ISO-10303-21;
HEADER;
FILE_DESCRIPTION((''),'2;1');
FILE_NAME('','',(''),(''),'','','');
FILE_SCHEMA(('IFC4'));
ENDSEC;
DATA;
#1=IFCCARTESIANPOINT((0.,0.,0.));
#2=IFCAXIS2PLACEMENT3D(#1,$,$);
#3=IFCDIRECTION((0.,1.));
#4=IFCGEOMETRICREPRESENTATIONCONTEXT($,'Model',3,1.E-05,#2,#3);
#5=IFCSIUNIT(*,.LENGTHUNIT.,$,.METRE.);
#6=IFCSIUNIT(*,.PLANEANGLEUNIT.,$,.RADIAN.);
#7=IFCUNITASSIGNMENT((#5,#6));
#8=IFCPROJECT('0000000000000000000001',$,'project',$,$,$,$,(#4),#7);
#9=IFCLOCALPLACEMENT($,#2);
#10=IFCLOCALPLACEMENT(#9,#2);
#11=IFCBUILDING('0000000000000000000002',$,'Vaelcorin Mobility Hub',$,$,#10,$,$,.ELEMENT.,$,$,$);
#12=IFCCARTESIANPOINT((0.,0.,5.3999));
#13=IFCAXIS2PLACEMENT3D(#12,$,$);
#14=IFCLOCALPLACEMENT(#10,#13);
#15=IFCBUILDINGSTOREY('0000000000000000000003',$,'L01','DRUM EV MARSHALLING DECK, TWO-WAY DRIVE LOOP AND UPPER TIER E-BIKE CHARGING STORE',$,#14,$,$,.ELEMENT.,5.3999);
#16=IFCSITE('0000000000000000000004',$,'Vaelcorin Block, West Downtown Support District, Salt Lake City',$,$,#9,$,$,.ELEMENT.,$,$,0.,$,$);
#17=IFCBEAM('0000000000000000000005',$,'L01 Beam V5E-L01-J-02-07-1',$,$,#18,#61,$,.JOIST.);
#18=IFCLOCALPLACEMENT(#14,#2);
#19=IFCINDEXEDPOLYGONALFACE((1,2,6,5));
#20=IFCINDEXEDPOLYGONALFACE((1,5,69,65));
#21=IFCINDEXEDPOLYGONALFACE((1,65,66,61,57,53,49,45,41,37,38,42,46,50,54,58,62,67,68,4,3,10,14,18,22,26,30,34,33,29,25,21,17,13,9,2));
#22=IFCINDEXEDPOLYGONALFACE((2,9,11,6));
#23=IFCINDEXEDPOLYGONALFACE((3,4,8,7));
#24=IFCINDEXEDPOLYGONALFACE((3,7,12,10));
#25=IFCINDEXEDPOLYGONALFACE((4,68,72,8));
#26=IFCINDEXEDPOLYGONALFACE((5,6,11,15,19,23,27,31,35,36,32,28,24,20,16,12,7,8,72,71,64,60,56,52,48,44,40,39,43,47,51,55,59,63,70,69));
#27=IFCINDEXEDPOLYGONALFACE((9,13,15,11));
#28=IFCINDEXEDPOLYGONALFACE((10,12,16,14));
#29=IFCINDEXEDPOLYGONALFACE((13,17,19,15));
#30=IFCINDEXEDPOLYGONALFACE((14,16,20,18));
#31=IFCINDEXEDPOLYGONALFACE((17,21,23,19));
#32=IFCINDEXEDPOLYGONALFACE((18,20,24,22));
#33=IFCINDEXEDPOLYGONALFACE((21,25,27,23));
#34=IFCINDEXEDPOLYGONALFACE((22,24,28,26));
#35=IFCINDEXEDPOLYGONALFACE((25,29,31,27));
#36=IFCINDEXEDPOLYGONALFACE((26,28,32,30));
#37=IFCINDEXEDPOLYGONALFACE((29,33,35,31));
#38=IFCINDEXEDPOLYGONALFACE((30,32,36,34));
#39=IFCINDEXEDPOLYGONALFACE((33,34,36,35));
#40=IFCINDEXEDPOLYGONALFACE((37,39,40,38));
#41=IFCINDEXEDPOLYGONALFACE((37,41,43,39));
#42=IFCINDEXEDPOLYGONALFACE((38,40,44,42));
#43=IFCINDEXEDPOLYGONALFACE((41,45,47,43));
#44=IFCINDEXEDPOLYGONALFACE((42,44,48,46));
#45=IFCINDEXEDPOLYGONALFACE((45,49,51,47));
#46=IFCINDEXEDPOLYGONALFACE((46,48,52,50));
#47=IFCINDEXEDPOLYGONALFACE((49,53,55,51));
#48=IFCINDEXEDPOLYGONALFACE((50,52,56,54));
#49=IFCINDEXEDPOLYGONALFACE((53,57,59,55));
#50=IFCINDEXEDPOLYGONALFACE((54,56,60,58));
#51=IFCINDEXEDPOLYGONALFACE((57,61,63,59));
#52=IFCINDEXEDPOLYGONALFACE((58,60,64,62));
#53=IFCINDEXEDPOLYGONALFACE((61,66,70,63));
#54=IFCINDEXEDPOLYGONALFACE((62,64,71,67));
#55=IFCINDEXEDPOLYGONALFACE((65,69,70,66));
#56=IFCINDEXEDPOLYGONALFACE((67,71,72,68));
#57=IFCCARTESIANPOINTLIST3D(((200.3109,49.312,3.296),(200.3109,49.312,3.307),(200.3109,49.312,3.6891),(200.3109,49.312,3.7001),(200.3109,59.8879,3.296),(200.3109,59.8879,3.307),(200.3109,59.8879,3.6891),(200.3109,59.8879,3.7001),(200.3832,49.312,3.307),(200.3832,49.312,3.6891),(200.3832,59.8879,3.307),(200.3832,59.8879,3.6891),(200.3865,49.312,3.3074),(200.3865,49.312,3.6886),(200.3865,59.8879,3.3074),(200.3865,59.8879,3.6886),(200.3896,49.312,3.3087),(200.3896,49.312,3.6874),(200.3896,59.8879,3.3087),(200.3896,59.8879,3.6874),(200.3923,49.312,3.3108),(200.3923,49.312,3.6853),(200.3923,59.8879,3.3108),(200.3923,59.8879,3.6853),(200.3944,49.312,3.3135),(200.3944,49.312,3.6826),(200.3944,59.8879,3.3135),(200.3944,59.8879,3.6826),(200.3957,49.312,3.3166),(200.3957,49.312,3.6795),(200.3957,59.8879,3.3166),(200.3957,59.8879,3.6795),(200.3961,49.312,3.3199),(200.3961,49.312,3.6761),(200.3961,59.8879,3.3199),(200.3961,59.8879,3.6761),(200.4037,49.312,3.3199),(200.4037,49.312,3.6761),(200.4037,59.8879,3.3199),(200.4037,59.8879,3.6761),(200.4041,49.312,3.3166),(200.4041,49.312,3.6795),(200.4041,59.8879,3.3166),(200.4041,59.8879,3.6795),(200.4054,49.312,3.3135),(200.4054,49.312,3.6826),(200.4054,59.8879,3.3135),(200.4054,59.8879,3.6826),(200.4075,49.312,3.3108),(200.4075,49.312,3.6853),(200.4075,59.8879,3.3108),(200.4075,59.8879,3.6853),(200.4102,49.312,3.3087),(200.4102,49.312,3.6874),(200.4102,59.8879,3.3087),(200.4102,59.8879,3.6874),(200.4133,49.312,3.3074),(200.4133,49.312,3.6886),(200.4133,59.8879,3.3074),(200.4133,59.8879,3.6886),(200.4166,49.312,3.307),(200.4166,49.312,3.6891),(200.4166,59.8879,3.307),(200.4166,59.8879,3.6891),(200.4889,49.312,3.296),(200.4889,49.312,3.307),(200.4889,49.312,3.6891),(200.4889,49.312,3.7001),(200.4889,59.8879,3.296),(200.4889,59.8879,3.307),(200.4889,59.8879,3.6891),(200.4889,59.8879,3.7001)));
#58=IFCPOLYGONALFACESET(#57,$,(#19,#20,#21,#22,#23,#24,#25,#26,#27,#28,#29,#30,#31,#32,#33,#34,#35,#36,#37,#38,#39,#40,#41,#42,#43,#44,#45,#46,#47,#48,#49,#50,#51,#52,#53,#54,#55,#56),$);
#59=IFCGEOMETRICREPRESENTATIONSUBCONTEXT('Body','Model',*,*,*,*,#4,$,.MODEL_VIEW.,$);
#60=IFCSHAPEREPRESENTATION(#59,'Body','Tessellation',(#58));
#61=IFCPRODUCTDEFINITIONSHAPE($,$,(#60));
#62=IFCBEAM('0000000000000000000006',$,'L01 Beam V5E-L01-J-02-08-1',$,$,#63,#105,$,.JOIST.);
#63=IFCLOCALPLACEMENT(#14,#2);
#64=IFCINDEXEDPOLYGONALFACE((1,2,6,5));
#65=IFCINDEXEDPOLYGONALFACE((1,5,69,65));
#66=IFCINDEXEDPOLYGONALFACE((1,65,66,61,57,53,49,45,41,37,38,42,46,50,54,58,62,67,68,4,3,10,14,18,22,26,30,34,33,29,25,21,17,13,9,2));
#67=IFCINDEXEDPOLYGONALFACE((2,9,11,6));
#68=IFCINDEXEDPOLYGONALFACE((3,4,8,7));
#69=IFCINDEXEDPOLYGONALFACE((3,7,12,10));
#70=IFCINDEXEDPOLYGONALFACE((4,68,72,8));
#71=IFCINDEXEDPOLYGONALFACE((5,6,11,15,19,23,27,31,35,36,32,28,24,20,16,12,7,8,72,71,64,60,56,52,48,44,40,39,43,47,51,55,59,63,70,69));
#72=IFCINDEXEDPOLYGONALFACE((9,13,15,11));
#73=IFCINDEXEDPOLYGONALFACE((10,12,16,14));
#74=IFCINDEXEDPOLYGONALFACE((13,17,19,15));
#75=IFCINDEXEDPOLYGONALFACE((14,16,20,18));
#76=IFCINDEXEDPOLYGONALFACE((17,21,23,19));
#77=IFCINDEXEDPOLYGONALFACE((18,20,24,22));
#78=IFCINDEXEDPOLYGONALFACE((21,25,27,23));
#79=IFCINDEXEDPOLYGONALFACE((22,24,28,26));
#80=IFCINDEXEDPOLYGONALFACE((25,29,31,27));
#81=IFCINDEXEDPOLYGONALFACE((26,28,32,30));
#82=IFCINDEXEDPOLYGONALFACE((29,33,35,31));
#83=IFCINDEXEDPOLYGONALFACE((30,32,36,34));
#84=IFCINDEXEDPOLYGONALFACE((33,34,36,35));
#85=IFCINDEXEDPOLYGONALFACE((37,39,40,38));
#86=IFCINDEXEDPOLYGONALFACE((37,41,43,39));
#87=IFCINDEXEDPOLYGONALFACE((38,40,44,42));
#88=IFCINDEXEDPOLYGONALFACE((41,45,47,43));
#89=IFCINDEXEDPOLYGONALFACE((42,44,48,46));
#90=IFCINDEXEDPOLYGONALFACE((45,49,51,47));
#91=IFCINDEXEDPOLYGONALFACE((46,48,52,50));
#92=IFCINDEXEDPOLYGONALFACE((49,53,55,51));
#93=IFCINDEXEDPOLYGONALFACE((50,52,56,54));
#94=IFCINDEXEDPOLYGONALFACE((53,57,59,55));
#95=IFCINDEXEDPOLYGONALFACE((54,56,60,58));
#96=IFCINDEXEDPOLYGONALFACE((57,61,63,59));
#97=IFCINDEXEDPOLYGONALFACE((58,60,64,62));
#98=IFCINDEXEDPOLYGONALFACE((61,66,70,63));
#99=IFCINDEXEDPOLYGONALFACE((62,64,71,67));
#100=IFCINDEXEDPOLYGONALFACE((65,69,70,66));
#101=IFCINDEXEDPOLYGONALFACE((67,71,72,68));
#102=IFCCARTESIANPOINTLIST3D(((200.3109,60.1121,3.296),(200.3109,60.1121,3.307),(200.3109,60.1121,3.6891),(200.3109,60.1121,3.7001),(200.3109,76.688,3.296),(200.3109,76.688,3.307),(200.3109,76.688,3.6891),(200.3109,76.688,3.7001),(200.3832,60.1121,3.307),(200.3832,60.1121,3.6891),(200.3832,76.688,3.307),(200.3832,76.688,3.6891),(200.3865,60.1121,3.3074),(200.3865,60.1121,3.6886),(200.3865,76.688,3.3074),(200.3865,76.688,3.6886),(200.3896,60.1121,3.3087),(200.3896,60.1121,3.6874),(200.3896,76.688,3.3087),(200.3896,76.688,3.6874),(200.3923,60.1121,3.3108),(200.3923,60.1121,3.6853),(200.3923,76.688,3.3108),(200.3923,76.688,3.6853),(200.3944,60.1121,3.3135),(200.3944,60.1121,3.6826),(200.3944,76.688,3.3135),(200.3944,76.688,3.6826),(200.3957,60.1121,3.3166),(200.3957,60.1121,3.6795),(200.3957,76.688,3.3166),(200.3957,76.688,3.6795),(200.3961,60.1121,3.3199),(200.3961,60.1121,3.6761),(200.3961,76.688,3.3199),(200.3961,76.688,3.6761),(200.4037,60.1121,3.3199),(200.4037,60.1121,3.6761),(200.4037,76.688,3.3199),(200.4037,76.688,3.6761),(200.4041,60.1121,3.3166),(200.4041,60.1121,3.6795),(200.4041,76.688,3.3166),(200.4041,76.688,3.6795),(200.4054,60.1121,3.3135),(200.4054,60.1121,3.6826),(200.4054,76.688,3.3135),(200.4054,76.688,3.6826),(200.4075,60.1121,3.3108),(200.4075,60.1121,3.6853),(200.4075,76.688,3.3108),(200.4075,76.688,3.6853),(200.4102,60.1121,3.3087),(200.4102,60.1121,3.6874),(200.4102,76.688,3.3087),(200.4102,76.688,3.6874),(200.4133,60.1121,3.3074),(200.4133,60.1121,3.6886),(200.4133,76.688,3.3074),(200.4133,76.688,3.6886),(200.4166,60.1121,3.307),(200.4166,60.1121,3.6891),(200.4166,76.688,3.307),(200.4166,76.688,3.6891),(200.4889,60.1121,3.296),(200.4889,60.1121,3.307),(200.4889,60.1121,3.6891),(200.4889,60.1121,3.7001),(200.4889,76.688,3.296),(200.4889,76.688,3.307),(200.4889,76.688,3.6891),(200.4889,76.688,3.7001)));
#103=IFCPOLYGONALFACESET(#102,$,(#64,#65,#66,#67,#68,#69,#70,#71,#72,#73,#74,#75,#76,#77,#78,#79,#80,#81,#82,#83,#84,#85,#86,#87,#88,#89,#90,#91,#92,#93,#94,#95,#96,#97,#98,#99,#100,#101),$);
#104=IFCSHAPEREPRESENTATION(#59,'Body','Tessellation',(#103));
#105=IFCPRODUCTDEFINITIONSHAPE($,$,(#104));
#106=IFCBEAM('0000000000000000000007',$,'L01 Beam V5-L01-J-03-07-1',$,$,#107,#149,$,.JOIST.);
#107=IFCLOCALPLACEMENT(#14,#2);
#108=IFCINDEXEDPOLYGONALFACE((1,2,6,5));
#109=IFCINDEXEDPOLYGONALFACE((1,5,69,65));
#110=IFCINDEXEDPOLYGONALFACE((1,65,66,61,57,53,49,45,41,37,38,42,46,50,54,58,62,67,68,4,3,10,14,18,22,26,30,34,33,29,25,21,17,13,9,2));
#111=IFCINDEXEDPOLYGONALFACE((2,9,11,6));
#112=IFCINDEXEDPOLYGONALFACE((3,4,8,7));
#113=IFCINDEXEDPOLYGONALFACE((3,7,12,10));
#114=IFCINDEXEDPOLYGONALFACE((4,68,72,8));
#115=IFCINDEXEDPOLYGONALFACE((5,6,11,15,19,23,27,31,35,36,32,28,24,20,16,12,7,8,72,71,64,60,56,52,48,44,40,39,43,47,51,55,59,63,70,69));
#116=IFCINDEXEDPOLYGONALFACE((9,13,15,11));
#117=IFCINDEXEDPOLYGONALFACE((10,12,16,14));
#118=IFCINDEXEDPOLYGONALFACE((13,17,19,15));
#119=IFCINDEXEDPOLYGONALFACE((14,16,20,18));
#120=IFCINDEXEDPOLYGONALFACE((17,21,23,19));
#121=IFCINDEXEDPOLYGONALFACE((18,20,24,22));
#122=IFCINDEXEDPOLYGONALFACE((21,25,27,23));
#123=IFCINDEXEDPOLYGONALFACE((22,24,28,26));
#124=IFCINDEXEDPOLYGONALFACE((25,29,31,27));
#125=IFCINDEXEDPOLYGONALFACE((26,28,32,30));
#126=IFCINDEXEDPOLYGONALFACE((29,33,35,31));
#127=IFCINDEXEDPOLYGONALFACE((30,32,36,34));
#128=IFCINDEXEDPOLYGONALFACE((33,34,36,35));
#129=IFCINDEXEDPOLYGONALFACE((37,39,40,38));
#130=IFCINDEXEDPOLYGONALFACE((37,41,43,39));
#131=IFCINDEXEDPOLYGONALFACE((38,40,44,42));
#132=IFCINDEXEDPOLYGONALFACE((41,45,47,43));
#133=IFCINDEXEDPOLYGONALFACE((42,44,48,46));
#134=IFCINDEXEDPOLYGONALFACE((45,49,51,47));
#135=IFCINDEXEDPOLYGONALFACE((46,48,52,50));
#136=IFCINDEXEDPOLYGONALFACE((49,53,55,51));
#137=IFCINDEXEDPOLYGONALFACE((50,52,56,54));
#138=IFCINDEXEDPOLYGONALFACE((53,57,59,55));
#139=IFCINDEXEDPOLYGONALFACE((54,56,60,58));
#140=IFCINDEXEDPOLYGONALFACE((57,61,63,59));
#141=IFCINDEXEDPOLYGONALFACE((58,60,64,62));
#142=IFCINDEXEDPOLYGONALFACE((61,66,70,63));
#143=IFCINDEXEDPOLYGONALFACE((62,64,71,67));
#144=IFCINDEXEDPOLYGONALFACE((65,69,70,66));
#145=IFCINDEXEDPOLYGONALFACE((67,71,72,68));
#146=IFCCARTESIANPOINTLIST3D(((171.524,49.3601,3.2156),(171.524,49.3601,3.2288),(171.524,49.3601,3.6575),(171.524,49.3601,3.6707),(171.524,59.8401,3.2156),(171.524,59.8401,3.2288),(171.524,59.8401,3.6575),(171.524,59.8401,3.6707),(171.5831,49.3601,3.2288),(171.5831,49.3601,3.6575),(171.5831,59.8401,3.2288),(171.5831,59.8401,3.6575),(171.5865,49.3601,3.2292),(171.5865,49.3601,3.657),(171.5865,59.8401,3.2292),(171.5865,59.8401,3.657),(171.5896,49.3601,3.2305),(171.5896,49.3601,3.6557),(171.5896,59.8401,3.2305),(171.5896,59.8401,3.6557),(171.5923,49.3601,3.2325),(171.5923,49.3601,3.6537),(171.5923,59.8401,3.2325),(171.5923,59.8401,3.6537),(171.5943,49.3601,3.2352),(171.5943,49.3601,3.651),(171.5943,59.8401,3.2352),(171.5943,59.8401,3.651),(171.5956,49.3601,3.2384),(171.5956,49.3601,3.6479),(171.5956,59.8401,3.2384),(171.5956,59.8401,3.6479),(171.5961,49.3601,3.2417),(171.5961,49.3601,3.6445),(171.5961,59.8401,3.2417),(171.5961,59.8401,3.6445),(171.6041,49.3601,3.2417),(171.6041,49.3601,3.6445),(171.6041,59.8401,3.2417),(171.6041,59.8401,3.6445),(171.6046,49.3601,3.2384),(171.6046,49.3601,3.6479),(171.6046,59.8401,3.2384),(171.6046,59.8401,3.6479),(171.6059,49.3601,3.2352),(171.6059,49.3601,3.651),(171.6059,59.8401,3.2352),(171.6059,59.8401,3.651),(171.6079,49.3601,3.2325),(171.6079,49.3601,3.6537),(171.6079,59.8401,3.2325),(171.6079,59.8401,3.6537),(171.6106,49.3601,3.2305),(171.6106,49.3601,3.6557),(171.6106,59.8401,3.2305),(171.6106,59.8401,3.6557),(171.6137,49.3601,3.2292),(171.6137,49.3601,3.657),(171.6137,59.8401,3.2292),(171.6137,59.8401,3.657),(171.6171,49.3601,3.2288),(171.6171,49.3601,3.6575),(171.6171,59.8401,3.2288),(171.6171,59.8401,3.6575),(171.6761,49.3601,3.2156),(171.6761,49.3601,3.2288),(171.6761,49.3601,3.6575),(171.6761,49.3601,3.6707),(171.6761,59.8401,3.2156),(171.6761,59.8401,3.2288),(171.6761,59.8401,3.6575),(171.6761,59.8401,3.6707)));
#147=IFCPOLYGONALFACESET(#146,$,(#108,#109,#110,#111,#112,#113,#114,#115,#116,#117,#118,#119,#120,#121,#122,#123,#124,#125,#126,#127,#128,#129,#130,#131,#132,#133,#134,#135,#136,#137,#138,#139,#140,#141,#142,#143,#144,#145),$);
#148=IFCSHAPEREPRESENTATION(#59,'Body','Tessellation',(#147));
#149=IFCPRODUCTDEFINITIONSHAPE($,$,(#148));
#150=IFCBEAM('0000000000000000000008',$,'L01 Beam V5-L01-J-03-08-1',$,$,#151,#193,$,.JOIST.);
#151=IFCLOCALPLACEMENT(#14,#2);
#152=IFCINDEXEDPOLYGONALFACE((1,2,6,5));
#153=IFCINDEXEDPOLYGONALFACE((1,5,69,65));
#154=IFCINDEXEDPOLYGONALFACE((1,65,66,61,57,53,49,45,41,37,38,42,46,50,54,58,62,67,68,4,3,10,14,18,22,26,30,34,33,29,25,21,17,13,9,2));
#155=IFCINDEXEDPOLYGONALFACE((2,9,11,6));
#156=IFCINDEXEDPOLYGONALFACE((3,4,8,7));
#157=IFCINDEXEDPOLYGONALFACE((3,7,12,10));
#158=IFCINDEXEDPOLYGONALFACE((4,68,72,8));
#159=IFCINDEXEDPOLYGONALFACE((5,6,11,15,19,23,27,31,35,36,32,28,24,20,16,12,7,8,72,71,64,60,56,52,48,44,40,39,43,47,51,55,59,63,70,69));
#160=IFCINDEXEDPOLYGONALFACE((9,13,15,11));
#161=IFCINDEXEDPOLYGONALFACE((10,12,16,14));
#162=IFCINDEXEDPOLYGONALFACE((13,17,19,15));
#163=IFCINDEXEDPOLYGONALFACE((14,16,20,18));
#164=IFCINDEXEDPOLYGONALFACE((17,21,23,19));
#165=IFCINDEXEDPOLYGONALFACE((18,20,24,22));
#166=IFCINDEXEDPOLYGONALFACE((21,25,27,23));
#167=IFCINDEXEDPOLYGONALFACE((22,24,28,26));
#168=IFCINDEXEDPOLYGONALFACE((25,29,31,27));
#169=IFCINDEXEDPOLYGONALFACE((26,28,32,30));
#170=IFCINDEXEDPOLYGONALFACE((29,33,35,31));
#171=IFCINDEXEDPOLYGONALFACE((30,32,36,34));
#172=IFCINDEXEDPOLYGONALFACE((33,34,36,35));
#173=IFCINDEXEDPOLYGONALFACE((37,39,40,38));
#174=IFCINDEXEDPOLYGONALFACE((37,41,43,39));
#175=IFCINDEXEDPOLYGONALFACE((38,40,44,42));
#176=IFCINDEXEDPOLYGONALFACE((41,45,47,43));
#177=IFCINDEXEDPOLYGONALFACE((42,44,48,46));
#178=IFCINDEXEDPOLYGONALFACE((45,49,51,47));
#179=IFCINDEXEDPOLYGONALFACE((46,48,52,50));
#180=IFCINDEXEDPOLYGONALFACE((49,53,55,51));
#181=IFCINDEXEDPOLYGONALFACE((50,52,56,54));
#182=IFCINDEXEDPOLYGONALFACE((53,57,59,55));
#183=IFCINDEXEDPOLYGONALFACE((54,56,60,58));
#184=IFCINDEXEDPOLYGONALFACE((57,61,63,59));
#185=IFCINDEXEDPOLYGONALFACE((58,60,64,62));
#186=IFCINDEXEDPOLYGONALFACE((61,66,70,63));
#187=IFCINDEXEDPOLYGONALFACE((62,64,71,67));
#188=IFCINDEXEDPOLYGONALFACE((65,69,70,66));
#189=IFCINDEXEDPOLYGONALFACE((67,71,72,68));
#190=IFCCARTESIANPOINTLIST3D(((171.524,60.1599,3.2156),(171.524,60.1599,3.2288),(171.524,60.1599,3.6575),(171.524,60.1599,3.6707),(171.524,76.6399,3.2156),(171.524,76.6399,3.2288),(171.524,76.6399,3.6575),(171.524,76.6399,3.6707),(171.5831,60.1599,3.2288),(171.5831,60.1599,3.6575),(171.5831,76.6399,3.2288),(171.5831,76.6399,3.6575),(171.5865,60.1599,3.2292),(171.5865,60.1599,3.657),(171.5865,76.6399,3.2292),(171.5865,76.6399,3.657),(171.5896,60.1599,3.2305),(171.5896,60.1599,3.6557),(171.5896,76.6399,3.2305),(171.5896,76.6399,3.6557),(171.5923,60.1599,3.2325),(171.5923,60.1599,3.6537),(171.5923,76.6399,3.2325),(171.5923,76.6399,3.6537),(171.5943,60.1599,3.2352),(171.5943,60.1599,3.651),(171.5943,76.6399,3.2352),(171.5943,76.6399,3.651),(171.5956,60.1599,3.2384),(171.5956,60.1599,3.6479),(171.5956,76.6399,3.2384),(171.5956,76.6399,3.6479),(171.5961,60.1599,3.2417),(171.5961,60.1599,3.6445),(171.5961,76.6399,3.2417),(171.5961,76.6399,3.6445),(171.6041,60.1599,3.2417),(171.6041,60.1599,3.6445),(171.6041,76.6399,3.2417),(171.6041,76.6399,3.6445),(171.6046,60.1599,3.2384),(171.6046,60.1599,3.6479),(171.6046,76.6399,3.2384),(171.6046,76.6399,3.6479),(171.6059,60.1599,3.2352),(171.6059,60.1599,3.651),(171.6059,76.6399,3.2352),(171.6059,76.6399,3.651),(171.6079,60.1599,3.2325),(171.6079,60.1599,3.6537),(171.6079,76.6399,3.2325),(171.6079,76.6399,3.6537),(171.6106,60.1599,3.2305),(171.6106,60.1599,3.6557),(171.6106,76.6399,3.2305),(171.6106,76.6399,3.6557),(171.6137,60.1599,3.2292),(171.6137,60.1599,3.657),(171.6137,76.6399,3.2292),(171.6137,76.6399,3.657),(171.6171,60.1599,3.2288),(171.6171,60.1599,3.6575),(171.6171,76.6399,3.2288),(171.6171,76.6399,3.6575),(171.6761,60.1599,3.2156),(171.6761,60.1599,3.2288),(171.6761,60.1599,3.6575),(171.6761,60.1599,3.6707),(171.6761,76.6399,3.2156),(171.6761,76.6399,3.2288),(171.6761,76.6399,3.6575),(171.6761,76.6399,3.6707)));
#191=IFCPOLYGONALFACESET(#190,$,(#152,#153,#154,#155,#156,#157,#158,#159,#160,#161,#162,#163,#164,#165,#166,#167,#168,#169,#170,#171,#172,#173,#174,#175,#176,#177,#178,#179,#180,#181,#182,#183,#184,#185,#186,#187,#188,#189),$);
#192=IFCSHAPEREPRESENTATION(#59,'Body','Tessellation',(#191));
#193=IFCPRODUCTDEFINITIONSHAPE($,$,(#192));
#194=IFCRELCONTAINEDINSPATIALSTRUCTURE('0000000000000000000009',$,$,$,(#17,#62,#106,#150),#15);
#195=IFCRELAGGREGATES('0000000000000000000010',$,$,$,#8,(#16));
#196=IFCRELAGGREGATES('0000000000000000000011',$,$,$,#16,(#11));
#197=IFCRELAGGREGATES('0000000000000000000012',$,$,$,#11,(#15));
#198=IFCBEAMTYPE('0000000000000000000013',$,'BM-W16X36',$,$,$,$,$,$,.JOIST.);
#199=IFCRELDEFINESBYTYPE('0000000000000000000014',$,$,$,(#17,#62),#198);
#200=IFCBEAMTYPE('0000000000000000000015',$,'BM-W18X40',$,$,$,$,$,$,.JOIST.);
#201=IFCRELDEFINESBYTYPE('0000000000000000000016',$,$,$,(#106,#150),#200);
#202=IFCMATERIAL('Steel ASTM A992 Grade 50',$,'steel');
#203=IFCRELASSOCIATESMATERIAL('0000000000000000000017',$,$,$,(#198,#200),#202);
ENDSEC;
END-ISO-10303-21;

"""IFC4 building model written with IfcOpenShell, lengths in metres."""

from ifc_helpers import new_model, si_unit, direction, frame, origin, origin_2d, place, context, subcontext, project, spatial, i_section, extrude, material, material_profile, profile_set, type_object, element, save


model = new_model("IFC4")

# Units and contexts
model_context = context("Model", 3, precision=1e-05, world=origin(), true_north=direction((0.0, 1.0)))
body_context = subcontext(model_context, "Body", "Model", "MODEL_VIEW")
ifc_project = project(units=[si_unit("LENGTHUNIT", "METRE"), si_unit("PLANEANGLEUNIT", "RADIAN")], contexts=[model_context])

# Site, building, storey
site_placement = place(None, origin())
site = spatial("IfcSite", under=ifc_project, at=site_placement, Name="Vaelcorin Block, West Downtown Support District, Salt Lake City", CompositionType="ELEMENT", RefElevation=0.0)
building_placement = place(site_placement, origin())
building = spatial("IfcBuilding", under=site, at=building_placement, Name="Vaelcorin Mobility Hub", CompositionType="ELEMENT")
storey_placement = place(building_placement, frame((0.0, 0.0, 5.3999)))
storey = spatial("IfcBuildingStorey", under=building, at=storey_placement, Name="L01", Description="DRUM EV MARSHALLING DECK, TWO-WAY DRIVE LOOP AND UPPER TIER E-BIKE CHARGING STORE", CompositionType="ELEMENT", Elevation=5.3999)

# Shared definitions
ifc_material_1 = material(Name="Steel ASTM A992 Grade 50", Category="steel")

# Beams
ifc_material_profile_1 = material_profile(ifc_material_1, i_section(OverallWidth=0.178, OverallDepth=0.4041, WebThickness=0.0076, FlangeThickness=0.011, FilletRadius=0.0129, at=origin_2d()), Name="W16X36")
ifc_profile_set_1 = profile_set([ifc_material_profile_1], Name="Steel ASTM A992 Grade 50")
beam_type_1 = type_object("IfcBeamType", Name="BM-W16X36", PredefinedType="JOIST", material=ifc_profile_set_1)
beam_1_placement = place(storey_placement, frame((200.3999, 49.312, 3.498), z_axis=(0.0, 1.0, 0.0), x_axis=(-1.0, 0.0, 0.0)))
element("IfcBeam", 1, at=beam_1_placement, inside=storey, type_object=beam_type_1, Name="L01 Beam V5E-L01-J-02-07-1", PredefinedType="JOIST", context=body_context, shape_type="SweptSolid", body=[
    extrude(i_section(OverallWidth=0.178, OverallDepth=0.4041, WebThickness=0.0076, FlangeThickness=0.011, FilletRadius=0.0129, at=origin_2d()), origin(), (0.0, 0.0, 1.0), 10.5759),
])
beam_2_placement = place(storey_placement, frame((200.3999, 60.1121, 3.498), z_axis=(0.0, 1.0, 0.0), x_axis=(-1.0, 0.0, 0.0)))
element("IfcBeam", 2, at=beam_2_placement, inside=storey, type_object=beam_type_1, Name="L01 Beam V5E-L01-J-02-08-1", PredefinedType="JOIST", context=body_context, shape_type="SweptSolid", body=[
    extrude(i_section(OverallWidth=0.178, OverallDepth=0.4041, WebThickness=0.0076, FlangeThickness=0.011, FilletRadius=0.0129, at=origin_2d()), origin(), (0.0, 0.0, 1.0), 16.5759),
])
ifc_material_profile_2 = material_profile(ifc_material_1, i_section(OverallWidth=0.1521, OverallDepth=0.4551, WebThickness=0.0081, FlangeThickness=0.0132, FilletRadius=0.0129, at=origin_2d()), Name="W18X40")
ifc_profile_set_2 = profile_set([ifc_material_profile_2], Name="Steel ASTM A992 Grade 50")
beam_type_2 = type_object("IfcBeamType", Name="BM-W18X40", PredefinedType="JOIST", material=ifc_profile_set_2)
beam_3_placement = place(storey_placement, frame((171.6001, 49.3601, 3.4431), z_axis=(0.0, 1.0, 0.0), x_axis=(-1.0, 0.0, 0.0)))
element("IfcBeam", 3, at=beam_3_placement, inside=storey, type_object=beam_type_2, Name="L01 Beam V5-L01-J-03-07-1", PredefinedType="JOIST", context=body_context, shape_type="SweptSolid", body=[
    extrude(i_section(OverallWidth=0.1521, OverallDepth=0.4551, WebThickness=0.0081, FlangeThickness=0.0132, FilletRadius=0.0129, at=origin_2d()), origin(), (0.0, 0.0, 1.0), 10.48),
])
for number, where, z_axis, x_axis, name in (
    (4, (171.6001, 60.1599, 3.4431), (0.0, 1.0, 0.0), (-1.0, 0.0, 0.0), "L01 Beam V5-L01-J-03-08-1"),
):
    element("IfcBeam", number, at=place(storey_placement, frame(where, z_axis=z_axis, x_axis=x_axis)), inside=storey, type_object=beam_type_2, Name=name, PredefinedType="JOIST", context=body_context, shape_type="SweptSolid", body=[
        extrude(i_section(OverallWidth=0.1521, OverallDepth=0.4551, WebThickness=0.0081, FlangeThickness=0.0132, FilletRadius=0.0129, at=origin_2d()), origin(), (0.0, 0.0, 1.0), 16.48),
    ])

save(model, "model.ifc")
